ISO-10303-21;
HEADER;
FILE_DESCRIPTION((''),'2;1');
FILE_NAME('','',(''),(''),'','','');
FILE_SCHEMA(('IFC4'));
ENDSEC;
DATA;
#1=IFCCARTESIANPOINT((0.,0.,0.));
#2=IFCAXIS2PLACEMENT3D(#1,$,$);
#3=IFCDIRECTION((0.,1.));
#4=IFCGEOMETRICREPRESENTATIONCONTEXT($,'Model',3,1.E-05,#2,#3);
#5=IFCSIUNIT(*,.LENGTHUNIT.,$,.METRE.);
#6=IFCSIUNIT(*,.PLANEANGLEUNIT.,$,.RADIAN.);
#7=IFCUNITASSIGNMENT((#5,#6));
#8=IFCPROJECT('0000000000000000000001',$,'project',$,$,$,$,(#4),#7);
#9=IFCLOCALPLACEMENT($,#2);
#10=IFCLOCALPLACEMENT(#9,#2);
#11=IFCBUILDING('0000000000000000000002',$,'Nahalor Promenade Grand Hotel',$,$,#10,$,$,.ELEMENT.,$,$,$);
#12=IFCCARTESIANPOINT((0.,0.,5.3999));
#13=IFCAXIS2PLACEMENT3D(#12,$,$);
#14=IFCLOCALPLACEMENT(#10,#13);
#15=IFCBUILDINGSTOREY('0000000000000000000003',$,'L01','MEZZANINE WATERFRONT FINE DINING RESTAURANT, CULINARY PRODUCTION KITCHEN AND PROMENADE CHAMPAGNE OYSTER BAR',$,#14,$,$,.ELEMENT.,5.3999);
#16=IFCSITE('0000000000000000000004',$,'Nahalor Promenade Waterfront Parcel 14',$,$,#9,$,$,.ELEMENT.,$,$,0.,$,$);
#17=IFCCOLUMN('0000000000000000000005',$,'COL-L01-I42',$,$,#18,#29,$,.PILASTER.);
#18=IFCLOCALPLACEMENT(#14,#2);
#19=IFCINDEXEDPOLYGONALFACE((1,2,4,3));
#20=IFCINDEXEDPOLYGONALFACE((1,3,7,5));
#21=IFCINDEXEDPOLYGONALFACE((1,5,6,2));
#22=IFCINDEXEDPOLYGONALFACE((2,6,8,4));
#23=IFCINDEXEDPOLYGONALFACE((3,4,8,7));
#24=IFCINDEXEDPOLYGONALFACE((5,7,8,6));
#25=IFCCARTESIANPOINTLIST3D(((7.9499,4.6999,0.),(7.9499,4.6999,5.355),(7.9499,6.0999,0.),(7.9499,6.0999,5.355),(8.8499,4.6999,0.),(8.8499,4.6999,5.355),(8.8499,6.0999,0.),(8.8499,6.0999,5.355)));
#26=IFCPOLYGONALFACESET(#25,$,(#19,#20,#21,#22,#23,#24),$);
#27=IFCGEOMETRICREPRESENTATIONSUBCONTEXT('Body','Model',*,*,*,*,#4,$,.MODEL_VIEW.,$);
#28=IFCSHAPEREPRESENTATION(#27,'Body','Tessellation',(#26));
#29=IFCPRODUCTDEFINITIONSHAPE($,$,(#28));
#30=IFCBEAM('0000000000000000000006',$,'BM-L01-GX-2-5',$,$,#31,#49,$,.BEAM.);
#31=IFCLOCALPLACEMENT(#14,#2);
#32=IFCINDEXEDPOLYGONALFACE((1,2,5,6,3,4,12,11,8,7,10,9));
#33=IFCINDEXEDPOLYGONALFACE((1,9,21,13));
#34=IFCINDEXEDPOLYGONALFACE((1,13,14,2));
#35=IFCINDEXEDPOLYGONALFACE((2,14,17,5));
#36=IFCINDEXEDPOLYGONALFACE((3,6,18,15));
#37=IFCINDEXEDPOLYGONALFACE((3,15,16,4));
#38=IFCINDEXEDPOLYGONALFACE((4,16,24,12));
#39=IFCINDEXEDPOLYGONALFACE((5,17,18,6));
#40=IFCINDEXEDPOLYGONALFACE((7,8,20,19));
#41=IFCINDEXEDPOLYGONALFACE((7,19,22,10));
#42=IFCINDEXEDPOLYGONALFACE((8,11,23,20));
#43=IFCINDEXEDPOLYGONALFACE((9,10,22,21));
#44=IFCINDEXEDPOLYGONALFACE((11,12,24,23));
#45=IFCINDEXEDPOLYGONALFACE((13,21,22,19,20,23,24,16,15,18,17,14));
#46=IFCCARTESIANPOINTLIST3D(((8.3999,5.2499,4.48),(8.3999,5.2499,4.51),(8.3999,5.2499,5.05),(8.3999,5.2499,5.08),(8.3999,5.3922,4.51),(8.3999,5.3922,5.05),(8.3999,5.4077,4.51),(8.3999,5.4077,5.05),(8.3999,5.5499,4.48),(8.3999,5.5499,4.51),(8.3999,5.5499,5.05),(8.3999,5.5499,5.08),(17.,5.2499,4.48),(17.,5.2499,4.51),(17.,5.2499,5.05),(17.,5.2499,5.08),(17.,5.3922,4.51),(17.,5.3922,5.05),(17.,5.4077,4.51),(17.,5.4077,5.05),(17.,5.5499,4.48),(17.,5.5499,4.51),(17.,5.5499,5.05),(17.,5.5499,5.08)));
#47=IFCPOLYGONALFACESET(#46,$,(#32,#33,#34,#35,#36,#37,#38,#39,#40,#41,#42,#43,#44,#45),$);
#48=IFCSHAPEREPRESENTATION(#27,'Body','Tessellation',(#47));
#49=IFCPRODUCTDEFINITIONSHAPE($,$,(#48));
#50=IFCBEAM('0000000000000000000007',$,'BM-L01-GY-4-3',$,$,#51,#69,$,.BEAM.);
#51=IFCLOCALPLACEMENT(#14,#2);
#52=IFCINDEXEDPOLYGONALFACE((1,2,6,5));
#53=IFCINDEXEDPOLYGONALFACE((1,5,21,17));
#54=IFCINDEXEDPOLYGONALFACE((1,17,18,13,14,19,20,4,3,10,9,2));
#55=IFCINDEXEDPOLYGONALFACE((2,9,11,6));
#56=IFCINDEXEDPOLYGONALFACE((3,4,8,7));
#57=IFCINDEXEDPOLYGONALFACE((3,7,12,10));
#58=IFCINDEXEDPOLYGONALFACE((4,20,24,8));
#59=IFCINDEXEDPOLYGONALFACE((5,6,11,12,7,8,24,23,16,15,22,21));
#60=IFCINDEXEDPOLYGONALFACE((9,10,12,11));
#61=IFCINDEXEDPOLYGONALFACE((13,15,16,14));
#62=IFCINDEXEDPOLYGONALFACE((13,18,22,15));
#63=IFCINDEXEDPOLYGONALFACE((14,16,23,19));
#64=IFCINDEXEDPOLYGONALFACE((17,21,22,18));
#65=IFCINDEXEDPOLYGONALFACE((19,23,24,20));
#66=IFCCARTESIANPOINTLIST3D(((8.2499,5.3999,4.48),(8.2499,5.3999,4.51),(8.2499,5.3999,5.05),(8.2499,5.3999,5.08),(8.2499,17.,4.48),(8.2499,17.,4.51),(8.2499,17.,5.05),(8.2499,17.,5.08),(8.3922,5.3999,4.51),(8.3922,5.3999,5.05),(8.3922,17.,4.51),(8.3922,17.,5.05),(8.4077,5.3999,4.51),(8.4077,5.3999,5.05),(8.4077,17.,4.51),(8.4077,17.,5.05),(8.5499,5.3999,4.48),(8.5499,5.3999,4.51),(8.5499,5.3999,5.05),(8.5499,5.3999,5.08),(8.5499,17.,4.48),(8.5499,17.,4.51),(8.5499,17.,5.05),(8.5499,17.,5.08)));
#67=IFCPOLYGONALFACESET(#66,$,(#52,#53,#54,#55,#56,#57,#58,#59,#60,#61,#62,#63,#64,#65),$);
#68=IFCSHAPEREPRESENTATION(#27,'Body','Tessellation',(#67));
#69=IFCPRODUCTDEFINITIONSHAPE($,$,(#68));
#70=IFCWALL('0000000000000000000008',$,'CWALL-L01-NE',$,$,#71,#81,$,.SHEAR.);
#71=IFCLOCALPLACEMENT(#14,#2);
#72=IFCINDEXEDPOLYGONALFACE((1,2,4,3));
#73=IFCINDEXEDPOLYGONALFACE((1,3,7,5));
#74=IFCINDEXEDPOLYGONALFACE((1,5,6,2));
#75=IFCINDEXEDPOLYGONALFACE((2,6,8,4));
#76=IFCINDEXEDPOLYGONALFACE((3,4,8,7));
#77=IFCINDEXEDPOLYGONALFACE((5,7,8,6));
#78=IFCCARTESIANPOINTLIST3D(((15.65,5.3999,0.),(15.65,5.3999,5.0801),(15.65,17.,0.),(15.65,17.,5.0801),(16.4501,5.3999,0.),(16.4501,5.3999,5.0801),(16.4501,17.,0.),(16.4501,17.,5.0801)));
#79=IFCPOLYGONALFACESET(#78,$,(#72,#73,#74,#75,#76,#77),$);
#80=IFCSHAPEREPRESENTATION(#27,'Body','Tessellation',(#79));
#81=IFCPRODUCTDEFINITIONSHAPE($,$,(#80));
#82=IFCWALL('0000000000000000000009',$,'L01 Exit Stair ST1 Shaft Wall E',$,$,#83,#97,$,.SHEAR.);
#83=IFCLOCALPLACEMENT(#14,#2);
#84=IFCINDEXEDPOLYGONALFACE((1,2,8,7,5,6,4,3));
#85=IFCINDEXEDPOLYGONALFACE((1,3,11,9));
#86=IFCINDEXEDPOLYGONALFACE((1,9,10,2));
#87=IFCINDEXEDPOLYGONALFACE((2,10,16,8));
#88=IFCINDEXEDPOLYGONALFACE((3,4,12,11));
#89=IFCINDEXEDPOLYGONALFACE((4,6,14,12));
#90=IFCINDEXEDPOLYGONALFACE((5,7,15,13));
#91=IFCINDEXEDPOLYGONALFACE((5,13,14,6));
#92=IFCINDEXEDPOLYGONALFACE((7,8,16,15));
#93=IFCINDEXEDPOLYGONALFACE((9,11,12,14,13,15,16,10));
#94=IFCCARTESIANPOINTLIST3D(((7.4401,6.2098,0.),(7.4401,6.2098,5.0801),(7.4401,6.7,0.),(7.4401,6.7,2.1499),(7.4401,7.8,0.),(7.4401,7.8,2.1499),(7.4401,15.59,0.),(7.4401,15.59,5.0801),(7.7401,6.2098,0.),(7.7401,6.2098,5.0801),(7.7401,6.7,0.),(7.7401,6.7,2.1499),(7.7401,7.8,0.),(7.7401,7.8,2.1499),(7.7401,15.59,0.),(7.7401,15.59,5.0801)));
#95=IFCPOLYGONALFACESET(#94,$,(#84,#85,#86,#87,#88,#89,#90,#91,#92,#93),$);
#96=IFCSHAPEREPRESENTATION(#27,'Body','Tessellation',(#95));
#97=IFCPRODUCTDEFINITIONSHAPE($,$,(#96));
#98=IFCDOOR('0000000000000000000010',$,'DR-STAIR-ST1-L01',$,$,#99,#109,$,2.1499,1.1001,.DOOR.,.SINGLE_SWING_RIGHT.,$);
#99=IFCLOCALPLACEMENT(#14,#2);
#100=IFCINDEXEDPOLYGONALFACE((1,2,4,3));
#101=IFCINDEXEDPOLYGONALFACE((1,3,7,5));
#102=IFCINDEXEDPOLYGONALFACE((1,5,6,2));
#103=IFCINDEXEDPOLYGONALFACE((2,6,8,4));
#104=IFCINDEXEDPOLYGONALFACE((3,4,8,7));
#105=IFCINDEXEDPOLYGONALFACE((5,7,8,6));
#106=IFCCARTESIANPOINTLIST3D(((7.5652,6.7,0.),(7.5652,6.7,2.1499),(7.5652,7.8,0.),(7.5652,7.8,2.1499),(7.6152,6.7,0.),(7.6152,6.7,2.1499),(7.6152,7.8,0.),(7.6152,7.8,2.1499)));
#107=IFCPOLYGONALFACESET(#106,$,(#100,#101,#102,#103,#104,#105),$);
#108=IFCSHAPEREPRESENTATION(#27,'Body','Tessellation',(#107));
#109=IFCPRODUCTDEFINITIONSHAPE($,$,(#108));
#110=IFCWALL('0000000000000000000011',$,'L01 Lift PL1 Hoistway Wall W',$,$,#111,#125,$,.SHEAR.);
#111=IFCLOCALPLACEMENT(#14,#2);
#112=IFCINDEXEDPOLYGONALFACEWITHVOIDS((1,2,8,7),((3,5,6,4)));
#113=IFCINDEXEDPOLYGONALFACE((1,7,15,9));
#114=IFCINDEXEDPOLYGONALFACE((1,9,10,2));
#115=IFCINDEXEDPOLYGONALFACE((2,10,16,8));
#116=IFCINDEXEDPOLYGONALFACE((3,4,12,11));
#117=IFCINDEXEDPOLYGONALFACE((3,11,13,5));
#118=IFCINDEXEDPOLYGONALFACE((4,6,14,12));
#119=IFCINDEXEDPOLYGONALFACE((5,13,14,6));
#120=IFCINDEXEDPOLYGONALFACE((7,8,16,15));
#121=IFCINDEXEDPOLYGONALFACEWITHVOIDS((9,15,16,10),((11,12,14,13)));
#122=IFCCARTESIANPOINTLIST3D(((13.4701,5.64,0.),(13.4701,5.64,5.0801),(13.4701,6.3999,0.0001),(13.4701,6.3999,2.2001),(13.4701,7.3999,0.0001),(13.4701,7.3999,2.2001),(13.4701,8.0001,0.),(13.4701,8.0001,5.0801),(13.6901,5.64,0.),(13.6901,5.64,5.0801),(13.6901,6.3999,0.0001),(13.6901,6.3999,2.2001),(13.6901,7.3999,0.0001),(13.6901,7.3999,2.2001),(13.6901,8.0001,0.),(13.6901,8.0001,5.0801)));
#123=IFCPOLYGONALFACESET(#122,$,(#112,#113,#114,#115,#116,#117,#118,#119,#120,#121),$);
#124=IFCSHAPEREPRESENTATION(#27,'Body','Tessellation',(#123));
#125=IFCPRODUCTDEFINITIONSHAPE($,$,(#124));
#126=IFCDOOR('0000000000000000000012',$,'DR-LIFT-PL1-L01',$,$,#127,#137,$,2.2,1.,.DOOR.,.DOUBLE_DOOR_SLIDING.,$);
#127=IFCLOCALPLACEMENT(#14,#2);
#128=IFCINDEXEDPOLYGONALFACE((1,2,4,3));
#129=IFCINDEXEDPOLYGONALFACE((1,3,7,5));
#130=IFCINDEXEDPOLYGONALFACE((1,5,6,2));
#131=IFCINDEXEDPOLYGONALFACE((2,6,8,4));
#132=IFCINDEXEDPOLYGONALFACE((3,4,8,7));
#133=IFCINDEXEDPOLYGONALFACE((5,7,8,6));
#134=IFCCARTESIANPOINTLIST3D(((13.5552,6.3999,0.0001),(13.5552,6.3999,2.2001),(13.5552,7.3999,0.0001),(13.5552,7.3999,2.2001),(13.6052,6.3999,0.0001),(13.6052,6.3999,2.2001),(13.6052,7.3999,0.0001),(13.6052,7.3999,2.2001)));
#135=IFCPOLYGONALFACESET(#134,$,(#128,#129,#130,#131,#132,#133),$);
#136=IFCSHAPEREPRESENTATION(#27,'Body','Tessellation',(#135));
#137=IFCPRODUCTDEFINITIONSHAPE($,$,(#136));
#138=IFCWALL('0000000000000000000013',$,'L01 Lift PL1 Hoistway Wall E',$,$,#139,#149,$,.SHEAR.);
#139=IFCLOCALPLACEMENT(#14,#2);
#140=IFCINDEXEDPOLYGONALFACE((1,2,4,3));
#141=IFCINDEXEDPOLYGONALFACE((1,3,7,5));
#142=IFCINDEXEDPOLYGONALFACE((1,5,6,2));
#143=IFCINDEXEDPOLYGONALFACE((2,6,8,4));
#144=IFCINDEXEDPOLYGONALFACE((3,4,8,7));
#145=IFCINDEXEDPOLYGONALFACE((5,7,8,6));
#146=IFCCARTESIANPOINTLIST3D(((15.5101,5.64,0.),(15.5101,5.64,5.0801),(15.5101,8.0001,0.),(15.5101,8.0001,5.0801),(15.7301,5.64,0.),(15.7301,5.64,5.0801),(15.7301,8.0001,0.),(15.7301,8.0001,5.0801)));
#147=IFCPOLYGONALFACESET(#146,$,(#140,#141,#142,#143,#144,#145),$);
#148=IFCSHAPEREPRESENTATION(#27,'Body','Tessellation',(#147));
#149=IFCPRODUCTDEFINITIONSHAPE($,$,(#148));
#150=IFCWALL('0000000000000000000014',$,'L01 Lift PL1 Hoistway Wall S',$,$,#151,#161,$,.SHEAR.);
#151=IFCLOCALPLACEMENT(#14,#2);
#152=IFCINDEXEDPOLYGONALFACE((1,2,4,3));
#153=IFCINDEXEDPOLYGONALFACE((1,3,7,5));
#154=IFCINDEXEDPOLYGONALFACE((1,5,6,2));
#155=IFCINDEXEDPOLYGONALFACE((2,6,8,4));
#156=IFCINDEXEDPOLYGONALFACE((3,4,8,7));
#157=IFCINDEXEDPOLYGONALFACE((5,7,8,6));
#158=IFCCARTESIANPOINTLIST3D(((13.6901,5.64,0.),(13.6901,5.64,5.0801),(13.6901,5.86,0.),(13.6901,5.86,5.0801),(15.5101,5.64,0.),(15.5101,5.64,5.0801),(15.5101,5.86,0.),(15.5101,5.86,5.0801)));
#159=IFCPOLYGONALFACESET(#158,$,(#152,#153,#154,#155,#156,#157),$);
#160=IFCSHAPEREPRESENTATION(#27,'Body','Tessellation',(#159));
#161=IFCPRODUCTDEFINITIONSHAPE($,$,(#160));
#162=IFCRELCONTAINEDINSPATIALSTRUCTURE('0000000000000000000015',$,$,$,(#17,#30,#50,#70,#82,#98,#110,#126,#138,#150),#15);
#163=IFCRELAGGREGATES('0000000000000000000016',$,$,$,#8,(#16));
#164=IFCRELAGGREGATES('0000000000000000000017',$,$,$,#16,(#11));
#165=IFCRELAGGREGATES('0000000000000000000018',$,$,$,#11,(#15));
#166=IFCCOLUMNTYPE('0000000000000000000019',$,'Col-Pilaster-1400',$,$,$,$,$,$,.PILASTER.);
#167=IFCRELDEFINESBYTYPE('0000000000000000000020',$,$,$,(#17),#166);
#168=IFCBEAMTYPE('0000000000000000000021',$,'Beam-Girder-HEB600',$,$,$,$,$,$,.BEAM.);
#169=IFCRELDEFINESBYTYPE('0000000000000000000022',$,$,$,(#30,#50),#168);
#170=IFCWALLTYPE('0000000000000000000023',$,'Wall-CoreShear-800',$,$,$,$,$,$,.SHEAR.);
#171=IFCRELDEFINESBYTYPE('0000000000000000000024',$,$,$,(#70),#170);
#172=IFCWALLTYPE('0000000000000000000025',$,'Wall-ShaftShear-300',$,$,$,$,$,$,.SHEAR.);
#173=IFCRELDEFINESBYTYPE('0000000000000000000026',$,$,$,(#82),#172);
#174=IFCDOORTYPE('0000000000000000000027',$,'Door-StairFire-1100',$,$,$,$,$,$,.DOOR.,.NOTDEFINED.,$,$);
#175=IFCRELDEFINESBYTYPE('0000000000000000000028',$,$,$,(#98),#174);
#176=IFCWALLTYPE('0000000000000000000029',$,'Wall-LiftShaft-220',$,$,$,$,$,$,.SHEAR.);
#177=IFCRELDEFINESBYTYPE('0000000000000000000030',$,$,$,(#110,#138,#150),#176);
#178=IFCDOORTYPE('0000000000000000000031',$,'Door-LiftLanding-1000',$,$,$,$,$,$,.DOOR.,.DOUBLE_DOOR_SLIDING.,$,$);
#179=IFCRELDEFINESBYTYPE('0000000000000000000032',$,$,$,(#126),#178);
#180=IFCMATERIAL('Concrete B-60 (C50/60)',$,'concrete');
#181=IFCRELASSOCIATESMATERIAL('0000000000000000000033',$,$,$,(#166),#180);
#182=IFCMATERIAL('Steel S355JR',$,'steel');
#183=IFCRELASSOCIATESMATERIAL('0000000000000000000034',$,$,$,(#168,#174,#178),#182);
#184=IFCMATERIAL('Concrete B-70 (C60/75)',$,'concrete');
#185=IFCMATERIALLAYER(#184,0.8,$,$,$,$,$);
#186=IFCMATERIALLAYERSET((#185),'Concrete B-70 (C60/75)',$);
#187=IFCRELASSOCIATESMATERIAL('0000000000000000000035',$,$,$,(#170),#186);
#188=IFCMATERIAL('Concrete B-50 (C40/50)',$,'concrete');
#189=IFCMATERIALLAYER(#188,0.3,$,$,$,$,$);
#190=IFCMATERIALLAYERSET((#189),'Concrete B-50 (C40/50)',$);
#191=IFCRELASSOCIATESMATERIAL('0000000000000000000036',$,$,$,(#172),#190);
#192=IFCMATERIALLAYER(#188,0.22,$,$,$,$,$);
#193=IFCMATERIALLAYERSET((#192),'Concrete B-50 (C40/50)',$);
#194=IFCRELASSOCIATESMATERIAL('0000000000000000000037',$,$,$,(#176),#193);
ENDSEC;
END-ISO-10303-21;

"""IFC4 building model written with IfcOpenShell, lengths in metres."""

from ifc_helpers import new_model, si_unit, direction, frame, frame_2d, origin, origin_2d, place, context, subcontext, project, spatial, rectangle, i_section, extrude, source, transform, mapped, material, layer, layer_set, material_profile, profile_set, type_object, element, fill, save


model = new_model("IFC4")

# Units and contexts
model_context = context("Model", 3, precision=1e-05, world=origin(), true_north=direction((0.0, 1.0)))
body_context = subcontext(model_context, "Body", "Model", "MODEL_VIEW")
ifc_project = project(units=[si_unit("LENGTHUNIT", "METRE"), si_unit("PLANEANGLEUNIT", "RADIAN")], contexts=[model_context])

# Site, building, storey
site_placement = place(None, origin())
site = spatial("IfcSite", under=ifc_project, at=site_placement, Name="Nahalor Promenade Waterfront Parcel 14", CompositionType="ELEMENT", RefElevation=0.0)
building_placement = place(site_placement, origin())
building = spatial("IfcBuilding", under=site, at=building_placement, Name="Nahalor Promenade Grand Hotel", CompositionType="ELEMENT")
storey_placement = place(building_placement, frame((0.0, 0.0, 5.3999)))
storey = spatial("IfcBuildingStorey", under=building, at=storey_placement, Name="L01", Description="MEZZANINE WATERFRONT FINE DINING RESTAURANT, CULINARY PRODUCTION KITCHEN AND PROMENADE CHAMPAGNE OYSTER BAR", CompositionType="ELEMENT", Elevation=5.3999)

# Column
ifc_material_1 = material(Name="Concrete B-60 (C50/60)", Category="concrete")
ifc_material_profile_1 = material_profile(ifc_material_1, rectangle(XDim=0.9, YDim=1.4, at=origin_2d()), Name="RC 900x1400")
ifc_profile_set_1 = profile_set([ifc_material_profile_1], Name="Concrete B-60 (C50/60)")
column_type = type_object("IfcColumnType", Name="Col-Pilaster-1400", PredefinedType="PILASTER", material=ifc_profile_set_1)
shared_shape_1 = source(origin(), body_context, "Body", "SweptSolid", [
    extrude(rectangle(XDim=0.9, YDim=1.4, at=origin_2d()), origin(), (0.0, 0.0, 1.0), 5.355),
])
column_placement = place(storey_placement, frame((8.3999, 5.3999, 0.0), z_axis=(0.0, 0.0, 1.0), x_axis=(1.0, 0.0, 0.0)))
element("IfcColumn", 1, at=column_placement, inside=storey, type_object=column_type, Name="COL-L01-I42", PredefinedType="PILASTER", context=body_context, shape_type="MappedRepresentation", body=[
    mapped(shared_shape_1, transform((0.0, 0.0, 0.0), scale=1.0)),
])

# Beams
ifc_material_2 = material(Name="Steel S355JR", Category="steel")
ifc_material_profile_2 = material_profile(ifc_material_2, i_section(OverallWidth=0.3, OverallDepth=0.6, WebThickness=0.0155, FlangeThickness=0.03, at=origin_2d()), Name="HEB 600")
ifc_profile_set_2 = profile_set([ifc_material_profile_2], Name="Steel S355JR")
beam_type = type_object("IfcBeamType", Name="Beam-Girder-HEB600", PredefinedType="BEAM", material=ifc_profile_set_2)
shared_shape_2 = source(origin(), body_context, "Body", "SweptSolid", [
    extrude(i_section(OverallWidth=0.3, OverallDepth=0.6, WebThickness=0.0155, FlangeThickness=0.03, at=origin_2d()), origin(), (0.0, 0.0, 1.0), 8.6001),
])
beam_1_placement = place(storey_placement, frame((8.3999, 5.3999, 4.78), z_axis=(1.0, 0.0, 0.0), x_axis=(0.0, 1.0, 0.0)))
element("IfcBeam", 2, at=beam_1_placement, inside=storey, type_object=beam_type, Name="BM-L01-GX-2-5", PredefinedType="BEAM", context=body_context, shape_type="MappedRepresentation", body=[
    mapped(shared_shape_2, transform((0.0, 0.0, 0.0), scale=1.0)),
])
shared_shape_3 = source(origin(), body_context, "Body", "SweptSolid", [
    extrude(i_section(OverallWidth=0.3, OverallDepth=0.6, WebThickness=0.0155, FlangeThickness=0.03, at=origin_2d()), origin(), (0.0, 0.0, 1.0), 11.6001),
])
beam_2_placement = place(storey_placement, frame((8.3999, 5.3999, 4.78), z_axis=(0.0, 1.0, 0.0), x_axis=(-1.0, 0.0, 0.0)))
element("IfcBeam", 3, at=beam_2_placement, inside=storey, type_object=beam_type, Name="BM-L01-GY-4-3", PredefinedType="BEAM", context=body_context, shape_type="MappedRepresentation", body=[
    mapped(shared_shape_3, transform((0.0, 0.0, 0.0), scale=1.0)),
])

# Wall
ifc_material_3 = material(Name="Concrete B-70 (C60/75)", Category="concrete")
ifc_layer_1 = layer(ifc_material_3, 0.8)
ifc_layer_set_1 = layer_set([ifc_layer_1], Name="Concrete B-70 (C60/75)")
wall_type_1 = type_object("IfcWallType", Name="Wall-CoreShear-800", PredefinedType="SHEAR", material=ifc_layer_set_1)
shared_shape_4 = source(origin(), body_context, "Body", "SweptSolid", [
    extrude(rectangle(XDim=11.6001, YDim=0.8, at=frame_2d((5.8, 0.0))), origin(), (0.0, 0.0, 1.0), 5.0801),
])
wall_1_placement = place(storey_placement, frame((16.05, 5.3999, 0.0), z_axis=(0.0, 0.0, 1.0), x_axis=(0.0, 1.0, 0.0)))
element("IfcWall", 4, at=wall_1_placement, inside=storey, type_object=wall_type_1, Name="CWALL-L01-NE", PredefinedType="SHEAR", context=body_context, shape_type="MappedRepresentation", body=[
    mapped(shared_shape_4, transform((0.0, 0.0, 0.0), scale=1.0)),
])

# Walls, openings, doors
ifc_material_4 = material(Name="Concrete B-50 (C40/50)", Category="concrete")
ifc_layer_2 = layer(ifc_material_4, 0.3)
ifc_layer_set_2 = layer_set([ifc_layer_2], Name="Concrete B-50 (C40/50)")
wall_type_2 = type_object("IfcWallType", Name="Wall-ShaftShear-300", PredefinedType="SHEAR", material=ifc_layer_set_2)
shared_shape_5 = source(origin(), body_context, "Body", "SweptSolid", [
    extrude(rectangle(XDim=9.3801, YDim=0.3, at=frame_2d((4.6899, 0.0))), origin(), (0.0, 0.0, 1.0), 5.0801),
])
wall_2_placement = place(storey_placement, frame((7.5901, 6.21, 0.0), z_axis=(0.0, 0.0, 1.0), x_axis=(0.0, 1.0, 0.0)))
wall_2 = element("IfcWall", 5, at=wall_2_placement, inside=storey, type_object=wall_type_2, Name="L01 Exit Stair ST1 Shaft Wall E", PredefinedType="SHEAR", context=body_context, shape_type="MappedRepresentation", body=[
    mapped(shared_shape_5, transform((0.0, 0.0, 0.0), scale=1.0)),
])
opening_1_placement = place(wall_2_placement, frame((0.49, 0.0, 0.0)))
opening_1 = element("IfcOpeningElement", 6, at=opening_1_placement, cuts=wall_2, PredefinedType="OPENING", context=body_context, shape_type="SweptSolid", body=[
    extrude(rectangle(XDim=1.1001, YDim=2.1499, at=frame_2d((0.55, 1.075))), frame((0.0, 0.1599, 0.0), z_axis=(0.0, -1.0, 0.0), x_axis=(1.0, 0.0, 0.0)), (0.0, 0.0, 1.0), 0.3201),
])
door_type_1 = type_object("IfcDoorType", Name="Door-StairFire-1100", OperationType="NOTDEFINED", PredefinedType="DOOR", material=ifc_material_2)
shared_shape_6 = source(origin(), body_context, "Body", "SweptSolid", [
    extrude(rectangle(XDim=1.1001, YDim=2.1499, at=frame_2d((0.55, 1.075))), frame((0.0, 0.0249, 0.0), z_axis=(0.0, -1.0, 0.0), x_axis=(1.0, 0.0, 0.0)), (0.0, 0.0, 1.0), 0.05),
])
door_1_placement = place(opening_1_placement, origin())
door_1 = element("IfcDoor", 7, at=door_1_placement, inside=storey, type_object=door_type_1, Name="DR-STAIR-ST1-L01", OperationType="SINGLE_SWING_RIGHT", OverallHeight=2.1499, OverallWidth=1.1001, PredefinedType="DOOR", context=body_context, shape_type="MappedRepresentation", body=[
    mapped(shared_shape_6, transform((0.0, 0.0, 0.0), scale=1.0)),
])
fill(opening_1, door_1)
ifc_layer_3 = layer(ifc_material_4, 0.22)
ifc_layer_set_3 = layer_set([ifc_layer_3], Name="Concrete B-50 (C40/50)")
wall_type_3 = type_object("IfcWallType", Name="Wall-LiftShaft-220", PredefinedType="SHEAR", material=ifc_layer_set_3)
shared_shape_7 = source(origin(), body_context, "Body", "SweptSolid", [
    extrude(rectangle(XDim=2.3601, YDim=0.22, at=frame_2d((1.1802, 0.0))), origin(), (0.0, 0.0, 1.0), 5.0801),
])
wall_3_placement = place(storey_placement, frame((13.5801, 5.6399, 0.0), z_axis=(0.0, 0.0, 1.0), x_axis=(0.0, 1.0, 0.0)))
wall_3 = element("IfcWall", 8, at=wall_3_placement, inside=storey, type_object=wall_type_3, Name="L01 Lift PL1 Hoistway Wall W", PredefinedType="SHEAR", context=body_context, shape_type="MappedRepresentation", body=[
    mapped(shared_shape_7, transform((0.0, 0.0, 0.0), scale=1.0)),
])
opening_2_placement = place(wall_3_placement, frame((0.76, 0.0, 0.0)))
opening_2 = element("IfcOpeningElement", 9, at=opening_2_placement, cuts=wall_3, PredefinedType="OPENING", context=body_context, shape_type="SweptSolid", body=[
    extrude(rectangle(XDim=1.0, YDim=2.2, at=frame_2d((0.5, 1.1001))), frame((0.0, 0.1199, 0.0), z_axis=(0.0, -1.0, 0.0), x_axis=(1.0, 0.0, 0.0)), (0.0, 0.0, 1.0), 0.24),
])
door_type_2 = type_object("IfcDoorType", Name="Door-LiftLanding-1000", OperationType="DOUBLE_DOOR_SLIDING", PredefinedType="DOOR", material=ifc_material_2)
shared_shape_8 = source(origin(), body_context, "Body", "SweptSolid", [
    extrude(rectangle(XDim=1.0, YDim=2.2, at=frame_2d((0.5, 1.1001))), frame((0.0, 0.0249, 0.0), z_axis=(0.0, -1.0, 0.0), x_axis=(1.0, 0.0, 0.0)), (0.0, 0.0, 1.0), 0.05),
])
door_2_placement = place(opening_2_placement, origin())
door_2 = element("IfcDoor", 10, at=door_2_placement, inside=storey, type_object=door_type_2, Name="DR-LIFT-PL1-L01", OperationType="DOUBLE_DOOR_SLIDING", OverallHeight=2.2, OverallWidth=1.0, PredefinedType="DOOR", context=body_context, shape_type="MappedRepresentation", body=[
    mapped(shared_shape_8, transform((0.0, 0.0, 0.0), scale=1.0)),
])
fill(opening_2, door_2)

# Walls
wall_4_placement = place(storey_placement, frame((15.6201, 5.6399, 0.0), z_axis=(0.0, 0.0, 1.0), x_axis=(0.0, 1.0, 0.0)))
element("IfcWall", 11, at=wall_4_placement, inside=storey, type_object=wall_type_3, Name="L01 Lift PL1 Hoistway Wall E", PredefinedType="SHEAR", context=body_context, shape_type="MappedRepresentation", body=[
    mapped(shared_shape_7, transform((0.0, 0.0, 0.0), scale=1.0)),
])
shared_shape_9 = source(origin(), body_context, "Body", "SweptSolid", [
    extrude(rectangle(XDim=1.8201, YDim=0.22, at=frame_2d((0.9102, 0.0))), origin(), (0.0, 0.0, 1.0), 5.0801),
])
wall_5_placement = place(storey_placement, frame((13.6899, 5.75, 0.0), z_axis=(0.0, 0.0, 1.0), x_axis=(1.0, 0.0, 0.0)))
element("IfcWall", 12, at=wall_5_placement, inside=storey, type_object=wall_type_3, Name="L01 Lift PL1 Hoistway Wall S", PredefinedType="SHEAR", context=body_context, shape_type="MappedRepresentation", body=[
    mapped(shared_shape_9, transform((0.0, 0.0, 0.0), scale=1.0)),
])

save(model, "model.ifc")
